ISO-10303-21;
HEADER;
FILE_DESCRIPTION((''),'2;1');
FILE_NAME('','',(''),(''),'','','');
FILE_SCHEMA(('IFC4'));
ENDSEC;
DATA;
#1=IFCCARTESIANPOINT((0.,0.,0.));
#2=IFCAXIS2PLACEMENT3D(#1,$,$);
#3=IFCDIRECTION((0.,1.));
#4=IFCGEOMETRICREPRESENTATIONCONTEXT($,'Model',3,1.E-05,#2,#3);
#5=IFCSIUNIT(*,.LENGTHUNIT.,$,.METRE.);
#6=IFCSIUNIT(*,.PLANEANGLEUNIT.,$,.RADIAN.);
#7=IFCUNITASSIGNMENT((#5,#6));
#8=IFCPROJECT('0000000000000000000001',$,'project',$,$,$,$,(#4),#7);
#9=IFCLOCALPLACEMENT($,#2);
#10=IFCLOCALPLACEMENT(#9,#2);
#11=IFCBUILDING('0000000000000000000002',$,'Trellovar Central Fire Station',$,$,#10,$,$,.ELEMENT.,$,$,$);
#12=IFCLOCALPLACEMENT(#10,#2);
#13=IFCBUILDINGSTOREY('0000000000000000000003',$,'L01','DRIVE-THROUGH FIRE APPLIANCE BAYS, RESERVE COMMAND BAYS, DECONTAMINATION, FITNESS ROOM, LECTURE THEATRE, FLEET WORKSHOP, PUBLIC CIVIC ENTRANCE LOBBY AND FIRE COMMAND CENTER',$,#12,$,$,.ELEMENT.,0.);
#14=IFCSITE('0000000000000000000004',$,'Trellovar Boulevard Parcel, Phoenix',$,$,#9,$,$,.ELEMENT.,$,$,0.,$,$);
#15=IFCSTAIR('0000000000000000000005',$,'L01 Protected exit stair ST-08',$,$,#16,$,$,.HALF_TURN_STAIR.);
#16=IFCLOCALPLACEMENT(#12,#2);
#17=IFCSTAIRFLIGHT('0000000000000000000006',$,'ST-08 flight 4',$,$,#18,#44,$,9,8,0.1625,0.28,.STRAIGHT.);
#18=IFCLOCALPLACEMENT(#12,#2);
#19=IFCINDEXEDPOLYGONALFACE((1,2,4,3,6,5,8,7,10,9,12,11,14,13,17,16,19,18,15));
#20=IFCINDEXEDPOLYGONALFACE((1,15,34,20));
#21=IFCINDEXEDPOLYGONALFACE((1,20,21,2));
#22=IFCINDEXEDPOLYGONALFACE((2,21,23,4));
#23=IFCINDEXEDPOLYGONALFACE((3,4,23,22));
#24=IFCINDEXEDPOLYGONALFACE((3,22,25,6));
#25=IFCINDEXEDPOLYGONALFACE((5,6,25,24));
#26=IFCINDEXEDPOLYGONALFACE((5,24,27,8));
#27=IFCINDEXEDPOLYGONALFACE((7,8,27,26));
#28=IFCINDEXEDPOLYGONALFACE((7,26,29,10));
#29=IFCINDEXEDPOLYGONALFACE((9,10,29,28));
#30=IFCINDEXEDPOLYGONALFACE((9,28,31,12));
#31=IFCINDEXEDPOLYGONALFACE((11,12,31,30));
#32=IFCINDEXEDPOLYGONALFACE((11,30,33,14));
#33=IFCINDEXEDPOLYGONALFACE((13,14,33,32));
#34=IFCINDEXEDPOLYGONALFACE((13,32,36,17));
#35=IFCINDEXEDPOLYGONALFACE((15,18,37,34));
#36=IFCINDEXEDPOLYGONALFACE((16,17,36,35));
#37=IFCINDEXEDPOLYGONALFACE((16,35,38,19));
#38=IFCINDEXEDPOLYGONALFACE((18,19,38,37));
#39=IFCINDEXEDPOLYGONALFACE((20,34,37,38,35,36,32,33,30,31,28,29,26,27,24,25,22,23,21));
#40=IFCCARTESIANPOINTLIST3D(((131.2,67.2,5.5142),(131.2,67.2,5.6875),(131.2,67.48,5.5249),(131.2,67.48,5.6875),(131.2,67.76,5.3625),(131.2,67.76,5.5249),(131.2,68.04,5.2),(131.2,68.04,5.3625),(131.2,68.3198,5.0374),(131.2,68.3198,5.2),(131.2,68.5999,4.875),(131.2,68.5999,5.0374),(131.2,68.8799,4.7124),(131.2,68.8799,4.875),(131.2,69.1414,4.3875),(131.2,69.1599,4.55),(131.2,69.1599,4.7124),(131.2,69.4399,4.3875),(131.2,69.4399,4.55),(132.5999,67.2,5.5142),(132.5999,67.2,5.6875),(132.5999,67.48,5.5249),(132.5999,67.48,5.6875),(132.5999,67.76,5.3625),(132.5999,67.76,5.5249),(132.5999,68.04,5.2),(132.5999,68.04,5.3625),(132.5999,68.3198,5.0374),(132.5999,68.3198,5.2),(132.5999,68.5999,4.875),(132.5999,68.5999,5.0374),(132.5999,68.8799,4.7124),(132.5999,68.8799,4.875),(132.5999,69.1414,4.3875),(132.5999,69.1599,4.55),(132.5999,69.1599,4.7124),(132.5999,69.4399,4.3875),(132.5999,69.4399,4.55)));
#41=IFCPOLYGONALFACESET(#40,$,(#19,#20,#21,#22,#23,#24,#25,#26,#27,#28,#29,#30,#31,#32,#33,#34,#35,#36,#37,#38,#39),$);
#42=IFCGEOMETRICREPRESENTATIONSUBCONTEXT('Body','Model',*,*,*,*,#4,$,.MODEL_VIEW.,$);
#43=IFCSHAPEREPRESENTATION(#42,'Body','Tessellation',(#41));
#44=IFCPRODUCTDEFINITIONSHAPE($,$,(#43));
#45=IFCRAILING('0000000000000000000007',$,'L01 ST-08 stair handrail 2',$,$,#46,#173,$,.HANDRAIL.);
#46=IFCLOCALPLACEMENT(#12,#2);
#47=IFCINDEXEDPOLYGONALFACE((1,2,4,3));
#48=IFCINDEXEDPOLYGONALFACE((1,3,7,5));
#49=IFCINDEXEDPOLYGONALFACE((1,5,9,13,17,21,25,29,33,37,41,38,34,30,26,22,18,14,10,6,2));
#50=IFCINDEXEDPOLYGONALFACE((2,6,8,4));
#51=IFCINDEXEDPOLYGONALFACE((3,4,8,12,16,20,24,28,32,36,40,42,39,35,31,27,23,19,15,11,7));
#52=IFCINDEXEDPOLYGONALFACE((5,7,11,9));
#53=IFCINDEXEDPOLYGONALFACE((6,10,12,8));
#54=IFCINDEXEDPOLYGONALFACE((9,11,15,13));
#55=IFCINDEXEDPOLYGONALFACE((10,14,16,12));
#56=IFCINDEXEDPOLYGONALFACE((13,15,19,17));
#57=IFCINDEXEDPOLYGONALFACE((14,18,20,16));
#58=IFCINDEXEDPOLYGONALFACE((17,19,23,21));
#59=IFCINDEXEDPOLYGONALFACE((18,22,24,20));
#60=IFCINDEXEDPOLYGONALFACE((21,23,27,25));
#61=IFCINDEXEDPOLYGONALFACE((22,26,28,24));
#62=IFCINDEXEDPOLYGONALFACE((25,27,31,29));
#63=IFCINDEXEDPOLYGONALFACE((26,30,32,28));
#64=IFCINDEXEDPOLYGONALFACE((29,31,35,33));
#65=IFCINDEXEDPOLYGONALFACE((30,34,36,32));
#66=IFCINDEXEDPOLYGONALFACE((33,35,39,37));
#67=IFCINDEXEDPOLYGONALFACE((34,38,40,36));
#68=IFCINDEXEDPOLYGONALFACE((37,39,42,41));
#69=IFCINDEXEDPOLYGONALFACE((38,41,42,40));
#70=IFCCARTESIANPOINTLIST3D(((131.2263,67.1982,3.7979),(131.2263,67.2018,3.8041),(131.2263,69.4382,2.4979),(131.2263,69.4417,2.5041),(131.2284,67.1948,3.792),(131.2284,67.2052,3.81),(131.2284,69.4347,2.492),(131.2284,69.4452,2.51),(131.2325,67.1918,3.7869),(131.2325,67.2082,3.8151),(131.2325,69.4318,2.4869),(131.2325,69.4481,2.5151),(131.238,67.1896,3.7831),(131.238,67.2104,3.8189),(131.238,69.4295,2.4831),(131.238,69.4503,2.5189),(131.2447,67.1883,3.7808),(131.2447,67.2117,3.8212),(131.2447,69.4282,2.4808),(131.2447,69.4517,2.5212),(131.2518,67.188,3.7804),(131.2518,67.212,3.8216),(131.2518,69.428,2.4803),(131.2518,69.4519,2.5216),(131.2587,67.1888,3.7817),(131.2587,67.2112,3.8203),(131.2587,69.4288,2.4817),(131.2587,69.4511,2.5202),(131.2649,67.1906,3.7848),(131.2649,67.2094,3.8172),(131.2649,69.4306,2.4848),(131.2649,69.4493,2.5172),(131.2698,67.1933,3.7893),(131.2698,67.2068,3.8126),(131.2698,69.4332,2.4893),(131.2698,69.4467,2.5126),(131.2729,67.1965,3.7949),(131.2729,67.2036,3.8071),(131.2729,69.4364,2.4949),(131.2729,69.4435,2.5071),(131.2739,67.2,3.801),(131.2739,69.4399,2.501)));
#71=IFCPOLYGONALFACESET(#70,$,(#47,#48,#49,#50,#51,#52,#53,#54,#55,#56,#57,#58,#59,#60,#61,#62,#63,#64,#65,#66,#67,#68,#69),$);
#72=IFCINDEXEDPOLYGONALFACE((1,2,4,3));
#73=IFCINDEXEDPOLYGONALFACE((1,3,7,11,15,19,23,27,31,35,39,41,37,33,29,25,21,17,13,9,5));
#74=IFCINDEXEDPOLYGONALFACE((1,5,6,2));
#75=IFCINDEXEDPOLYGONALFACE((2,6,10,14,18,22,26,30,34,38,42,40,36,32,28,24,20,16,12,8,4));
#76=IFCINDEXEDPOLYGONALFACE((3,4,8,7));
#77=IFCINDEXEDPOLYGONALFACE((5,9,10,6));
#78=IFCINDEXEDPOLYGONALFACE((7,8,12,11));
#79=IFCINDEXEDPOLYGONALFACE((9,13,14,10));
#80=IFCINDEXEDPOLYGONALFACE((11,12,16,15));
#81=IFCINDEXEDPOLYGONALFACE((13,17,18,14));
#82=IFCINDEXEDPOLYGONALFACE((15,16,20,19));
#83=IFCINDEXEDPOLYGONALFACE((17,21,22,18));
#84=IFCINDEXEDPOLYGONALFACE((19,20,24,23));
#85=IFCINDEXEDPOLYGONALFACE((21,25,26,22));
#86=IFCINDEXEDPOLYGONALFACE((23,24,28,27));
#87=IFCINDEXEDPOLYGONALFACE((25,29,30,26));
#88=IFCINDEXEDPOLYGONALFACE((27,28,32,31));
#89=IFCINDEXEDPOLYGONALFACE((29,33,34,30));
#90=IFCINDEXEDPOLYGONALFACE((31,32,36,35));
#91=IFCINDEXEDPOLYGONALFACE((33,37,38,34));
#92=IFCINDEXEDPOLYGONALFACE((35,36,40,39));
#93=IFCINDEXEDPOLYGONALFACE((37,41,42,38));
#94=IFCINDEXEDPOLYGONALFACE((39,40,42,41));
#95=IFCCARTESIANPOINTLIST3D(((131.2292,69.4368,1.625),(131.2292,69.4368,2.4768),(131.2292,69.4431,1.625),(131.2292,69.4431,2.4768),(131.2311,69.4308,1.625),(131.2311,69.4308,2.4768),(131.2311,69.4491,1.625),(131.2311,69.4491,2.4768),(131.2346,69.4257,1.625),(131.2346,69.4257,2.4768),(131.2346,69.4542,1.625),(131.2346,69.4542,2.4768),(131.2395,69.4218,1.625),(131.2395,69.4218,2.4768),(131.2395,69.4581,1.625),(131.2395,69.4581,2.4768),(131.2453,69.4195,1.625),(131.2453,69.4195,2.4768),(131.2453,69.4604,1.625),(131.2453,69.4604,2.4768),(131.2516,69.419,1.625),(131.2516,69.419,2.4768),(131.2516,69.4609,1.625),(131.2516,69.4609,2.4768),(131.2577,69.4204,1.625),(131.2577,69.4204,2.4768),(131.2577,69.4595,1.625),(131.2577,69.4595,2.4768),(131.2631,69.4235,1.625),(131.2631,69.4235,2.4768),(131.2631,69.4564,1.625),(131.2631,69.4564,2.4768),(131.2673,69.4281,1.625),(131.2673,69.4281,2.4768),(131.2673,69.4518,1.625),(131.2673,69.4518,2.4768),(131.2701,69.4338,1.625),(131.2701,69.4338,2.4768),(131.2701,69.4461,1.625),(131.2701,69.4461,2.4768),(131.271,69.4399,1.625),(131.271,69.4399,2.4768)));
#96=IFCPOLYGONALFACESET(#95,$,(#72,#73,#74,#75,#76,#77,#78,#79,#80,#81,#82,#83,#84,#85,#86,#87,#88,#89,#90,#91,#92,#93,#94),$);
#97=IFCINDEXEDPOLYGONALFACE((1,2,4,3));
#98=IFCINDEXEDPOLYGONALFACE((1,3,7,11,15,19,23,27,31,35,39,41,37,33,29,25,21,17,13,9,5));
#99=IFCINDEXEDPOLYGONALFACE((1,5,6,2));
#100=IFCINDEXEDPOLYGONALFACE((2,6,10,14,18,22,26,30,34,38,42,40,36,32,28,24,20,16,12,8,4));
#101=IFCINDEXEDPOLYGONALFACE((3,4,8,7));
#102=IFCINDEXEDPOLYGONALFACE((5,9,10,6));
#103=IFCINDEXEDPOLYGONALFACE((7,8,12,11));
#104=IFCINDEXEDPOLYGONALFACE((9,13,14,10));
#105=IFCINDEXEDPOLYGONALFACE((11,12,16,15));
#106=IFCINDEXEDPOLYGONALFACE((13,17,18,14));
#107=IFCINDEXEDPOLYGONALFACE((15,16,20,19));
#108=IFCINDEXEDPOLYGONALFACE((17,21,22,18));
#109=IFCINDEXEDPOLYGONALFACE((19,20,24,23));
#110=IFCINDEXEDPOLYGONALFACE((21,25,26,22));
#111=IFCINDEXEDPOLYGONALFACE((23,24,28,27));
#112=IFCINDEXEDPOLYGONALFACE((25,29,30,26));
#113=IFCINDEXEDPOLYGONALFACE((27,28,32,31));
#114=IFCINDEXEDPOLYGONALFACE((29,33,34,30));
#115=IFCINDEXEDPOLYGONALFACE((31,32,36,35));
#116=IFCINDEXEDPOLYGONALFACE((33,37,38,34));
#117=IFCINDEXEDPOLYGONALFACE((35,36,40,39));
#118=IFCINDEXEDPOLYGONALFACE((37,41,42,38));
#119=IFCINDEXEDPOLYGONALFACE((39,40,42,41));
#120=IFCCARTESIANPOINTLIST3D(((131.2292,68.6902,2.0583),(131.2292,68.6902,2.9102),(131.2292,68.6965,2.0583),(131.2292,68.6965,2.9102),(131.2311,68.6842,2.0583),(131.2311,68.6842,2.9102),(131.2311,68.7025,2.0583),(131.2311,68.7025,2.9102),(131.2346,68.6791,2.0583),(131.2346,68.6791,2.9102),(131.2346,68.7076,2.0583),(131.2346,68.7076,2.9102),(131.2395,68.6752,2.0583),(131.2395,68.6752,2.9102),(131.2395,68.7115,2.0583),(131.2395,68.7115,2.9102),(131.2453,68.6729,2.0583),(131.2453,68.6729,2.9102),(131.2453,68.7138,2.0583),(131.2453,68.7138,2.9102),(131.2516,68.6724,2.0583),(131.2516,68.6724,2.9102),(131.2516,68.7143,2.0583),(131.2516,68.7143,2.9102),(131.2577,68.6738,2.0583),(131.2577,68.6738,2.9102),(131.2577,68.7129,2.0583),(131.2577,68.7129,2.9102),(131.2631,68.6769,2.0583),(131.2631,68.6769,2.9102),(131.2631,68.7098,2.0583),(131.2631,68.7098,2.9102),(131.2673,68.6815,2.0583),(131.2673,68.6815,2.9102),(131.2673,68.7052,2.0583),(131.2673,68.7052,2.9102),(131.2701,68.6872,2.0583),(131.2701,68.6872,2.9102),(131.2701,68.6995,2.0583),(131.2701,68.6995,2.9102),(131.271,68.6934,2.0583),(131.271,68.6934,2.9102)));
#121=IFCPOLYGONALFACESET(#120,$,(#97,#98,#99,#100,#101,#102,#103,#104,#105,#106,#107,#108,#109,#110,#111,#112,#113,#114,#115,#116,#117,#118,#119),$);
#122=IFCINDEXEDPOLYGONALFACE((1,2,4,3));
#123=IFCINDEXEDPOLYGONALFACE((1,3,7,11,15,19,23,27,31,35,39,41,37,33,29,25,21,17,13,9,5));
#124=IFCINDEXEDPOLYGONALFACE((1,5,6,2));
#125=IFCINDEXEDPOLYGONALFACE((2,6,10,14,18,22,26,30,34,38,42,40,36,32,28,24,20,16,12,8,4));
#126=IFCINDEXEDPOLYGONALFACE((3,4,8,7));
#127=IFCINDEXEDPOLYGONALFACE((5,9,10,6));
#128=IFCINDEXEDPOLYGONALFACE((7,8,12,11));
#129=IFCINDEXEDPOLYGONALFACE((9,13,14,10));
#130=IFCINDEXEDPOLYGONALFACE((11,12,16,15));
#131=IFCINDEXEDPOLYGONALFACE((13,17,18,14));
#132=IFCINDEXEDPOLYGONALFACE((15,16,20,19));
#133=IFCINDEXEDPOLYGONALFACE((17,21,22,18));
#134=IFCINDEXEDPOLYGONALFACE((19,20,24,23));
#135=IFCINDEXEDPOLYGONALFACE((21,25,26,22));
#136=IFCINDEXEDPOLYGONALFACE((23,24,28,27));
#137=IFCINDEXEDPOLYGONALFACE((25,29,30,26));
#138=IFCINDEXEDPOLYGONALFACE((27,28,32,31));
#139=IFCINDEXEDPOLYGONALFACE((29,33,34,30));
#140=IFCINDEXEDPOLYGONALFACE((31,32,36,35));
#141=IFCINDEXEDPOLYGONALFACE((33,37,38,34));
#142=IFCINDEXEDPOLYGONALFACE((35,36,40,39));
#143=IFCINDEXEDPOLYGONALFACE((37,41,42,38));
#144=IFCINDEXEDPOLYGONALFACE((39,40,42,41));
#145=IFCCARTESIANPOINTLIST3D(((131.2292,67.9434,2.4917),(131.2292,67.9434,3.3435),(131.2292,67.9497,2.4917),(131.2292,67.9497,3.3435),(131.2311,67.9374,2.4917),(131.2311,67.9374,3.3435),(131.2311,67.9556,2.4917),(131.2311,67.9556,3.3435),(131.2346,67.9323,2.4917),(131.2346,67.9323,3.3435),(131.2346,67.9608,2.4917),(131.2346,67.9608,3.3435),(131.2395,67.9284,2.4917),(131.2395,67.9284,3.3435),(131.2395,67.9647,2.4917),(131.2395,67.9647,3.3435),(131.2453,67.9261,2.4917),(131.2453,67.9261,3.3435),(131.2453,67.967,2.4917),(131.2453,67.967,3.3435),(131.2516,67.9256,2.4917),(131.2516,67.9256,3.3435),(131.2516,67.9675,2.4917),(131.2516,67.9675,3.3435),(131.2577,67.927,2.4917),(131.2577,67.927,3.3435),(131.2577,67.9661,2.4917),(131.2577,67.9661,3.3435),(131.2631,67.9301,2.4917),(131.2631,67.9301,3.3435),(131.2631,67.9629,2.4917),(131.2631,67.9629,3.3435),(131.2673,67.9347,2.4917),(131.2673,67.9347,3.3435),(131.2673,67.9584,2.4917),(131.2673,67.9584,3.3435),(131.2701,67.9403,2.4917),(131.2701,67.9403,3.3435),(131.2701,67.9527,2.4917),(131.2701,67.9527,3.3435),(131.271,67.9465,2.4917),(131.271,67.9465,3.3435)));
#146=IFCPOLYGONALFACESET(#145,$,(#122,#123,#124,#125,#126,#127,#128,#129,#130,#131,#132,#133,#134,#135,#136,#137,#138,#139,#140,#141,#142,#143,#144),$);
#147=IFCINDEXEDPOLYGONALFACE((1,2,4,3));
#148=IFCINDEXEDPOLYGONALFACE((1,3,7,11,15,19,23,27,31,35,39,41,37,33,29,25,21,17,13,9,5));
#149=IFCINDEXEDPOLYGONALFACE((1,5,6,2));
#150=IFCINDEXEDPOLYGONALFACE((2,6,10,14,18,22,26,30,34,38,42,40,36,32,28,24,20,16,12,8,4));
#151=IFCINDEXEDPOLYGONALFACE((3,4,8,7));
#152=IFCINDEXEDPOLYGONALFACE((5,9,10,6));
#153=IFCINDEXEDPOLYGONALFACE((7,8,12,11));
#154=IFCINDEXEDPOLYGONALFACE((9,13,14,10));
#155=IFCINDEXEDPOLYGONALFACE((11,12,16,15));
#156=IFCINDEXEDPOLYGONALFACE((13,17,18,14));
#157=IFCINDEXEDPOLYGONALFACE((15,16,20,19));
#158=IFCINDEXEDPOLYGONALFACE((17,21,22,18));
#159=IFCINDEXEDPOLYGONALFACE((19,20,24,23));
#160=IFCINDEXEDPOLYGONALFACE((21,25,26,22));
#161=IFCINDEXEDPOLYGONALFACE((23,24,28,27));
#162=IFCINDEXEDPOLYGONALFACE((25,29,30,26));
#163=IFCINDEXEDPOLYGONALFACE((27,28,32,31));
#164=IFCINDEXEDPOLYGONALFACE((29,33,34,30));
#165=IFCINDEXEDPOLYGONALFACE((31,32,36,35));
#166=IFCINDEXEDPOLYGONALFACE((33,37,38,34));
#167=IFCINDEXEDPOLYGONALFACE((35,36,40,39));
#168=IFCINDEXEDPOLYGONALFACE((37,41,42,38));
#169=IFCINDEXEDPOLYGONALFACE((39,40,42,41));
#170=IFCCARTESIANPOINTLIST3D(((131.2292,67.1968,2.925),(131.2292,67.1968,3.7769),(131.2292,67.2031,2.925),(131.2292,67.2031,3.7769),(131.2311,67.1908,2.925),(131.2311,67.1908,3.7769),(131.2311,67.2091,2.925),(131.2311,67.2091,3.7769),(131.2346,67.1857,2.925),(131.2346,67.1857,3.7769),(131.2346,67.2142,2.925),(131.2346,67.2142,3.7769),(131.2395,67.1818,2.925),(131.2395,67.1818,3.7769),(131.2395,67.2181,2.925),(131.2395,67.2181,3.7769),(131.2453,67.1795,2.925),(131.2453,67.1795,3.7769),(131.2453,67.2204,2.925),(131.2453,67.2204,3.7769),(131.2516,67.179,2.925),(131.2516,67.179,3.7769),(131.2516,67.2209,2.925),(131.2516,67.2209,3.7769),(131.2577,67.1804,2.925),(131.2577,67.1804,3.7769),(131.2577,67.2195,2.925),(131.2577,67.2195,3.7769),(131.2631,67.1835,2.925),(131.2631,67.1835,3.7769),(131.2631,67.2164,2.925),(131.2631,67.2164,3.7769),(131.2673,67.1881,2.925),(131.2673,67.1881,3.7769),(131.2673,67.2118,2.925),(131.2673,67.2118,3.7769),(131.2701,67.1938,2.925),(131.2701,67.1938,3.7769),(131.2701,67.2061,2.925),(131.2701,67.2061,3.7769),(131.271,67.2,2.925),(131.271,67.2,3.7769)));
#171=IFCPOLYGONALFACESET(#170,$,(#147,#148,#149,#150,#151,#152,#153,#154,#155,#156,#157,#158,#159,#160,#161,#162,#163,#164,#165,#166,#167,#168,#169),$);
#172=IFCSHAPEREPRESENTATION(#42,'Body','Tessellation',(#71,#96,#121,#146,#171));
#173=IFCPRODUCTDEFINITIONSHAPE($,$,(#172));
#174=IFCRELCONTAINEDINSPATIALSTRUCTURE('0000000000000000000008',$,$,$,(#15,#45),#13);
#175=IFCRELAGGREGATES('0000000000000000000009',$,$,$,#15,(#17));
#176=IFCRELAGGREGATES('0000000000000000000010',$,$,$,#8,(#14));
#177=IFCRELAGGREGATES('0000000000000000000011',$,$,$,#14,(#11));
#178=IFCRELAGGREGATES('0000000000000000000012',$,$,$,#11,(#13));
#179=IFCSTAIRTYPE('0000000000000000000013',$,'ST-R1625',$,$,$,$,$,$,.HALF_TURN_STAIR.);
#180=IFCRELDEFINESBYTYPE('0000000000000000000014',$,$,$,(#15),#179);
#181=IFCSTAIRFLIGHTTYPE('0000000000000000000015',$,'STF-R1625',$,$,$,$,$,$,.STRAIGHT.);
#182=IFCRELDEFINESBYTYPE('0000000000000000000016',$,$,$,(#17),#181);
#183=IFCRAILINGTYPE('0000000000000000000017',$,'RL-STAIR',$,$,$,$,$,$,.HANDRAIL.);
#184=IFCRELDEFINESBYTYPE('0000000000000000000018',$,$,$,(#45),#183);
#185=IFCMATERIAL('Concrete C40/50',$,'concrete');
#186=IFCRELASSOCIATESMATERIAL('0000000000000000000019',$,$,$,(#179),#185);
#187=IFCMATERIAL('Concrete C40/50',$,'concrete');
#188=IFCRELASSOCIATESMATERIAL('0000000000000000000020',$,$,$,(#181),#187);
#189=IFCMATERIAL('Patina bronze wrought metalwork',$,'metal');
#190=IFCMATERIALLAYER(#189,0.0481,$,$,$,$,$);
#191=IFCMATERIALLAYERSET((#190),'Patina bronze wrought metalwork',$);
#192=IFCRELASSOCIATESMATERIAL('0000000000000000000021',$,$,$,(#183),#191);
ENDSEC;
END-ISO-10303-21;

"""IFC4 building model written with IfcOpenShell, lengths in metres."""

from ifc_helpers import new_model, si_unit, direction, frame, origin, origin_2d, place, context, subcontext, project, spatial, polyline, circle, outline, extrude, material, layer, layer_set, type_object, element, aggregate, save


model = new_model("IFC4")

# Units and contexts
model_context = context("Model", 3, precision=1e-05, world=origin(), true_north=direction((0.0, 1.0)))
body_context = subcontext(model_context, "Body", "Model", "MODEL_VIEW")
ifc_project = project(units=[si_unit("LENGTHUNIT", "METRE"), si_unit("PLANEANGLEUNIT", "RADIAN")], contexts=[model_context])

# Site, building, storey
site_placement = place(None, origin())
site = spatial("IfcSite", under=ifc_project, at=site_placement, Name="Trellovar Boulevard Parcel, Phoenix", CompositionType="ELEMENT", RefElevation=0.0)
building_placement = place(site_placement, origin())
building = spatial("IfcBuilding", under=site, at=building_placement, Name="Trellovar Central Fire Station", CompositionType="ELEMENT")
storey_placement = place(building_placement, origin())
storey = spatial("IfcBuildingStorey", under=building, at=storey_placement, Name="L01", Description="DRIVE-THROUGH FIRE APPLIANCE BAYS, RESERVE COMMAND BAYS, DECONTAMINATION, FITNESS ROOM, LECTURE THEATRE, FLEET WORKSHOP, PUBLIC CIVIC ENTRANCE LOBBY AND FIRE COMMAND CENTER", CompositionType="ELEMENT", Elevation=0.0)

# Stair, stair flight
ifc_material_1 = material(Name="Concrete C40/50", Category="concrete")
stair_type = type_object("IfcStairType", Name="ST-R1625", PredefinedType="HALF_TURN_STAIR", material=ifc_material_1)
stair_placement = place(storey_placement, origin())
stair = element("IfcStair", 1, at=stair_placement, inside=storey, type_object=stair_type, Name="L01 Protected exit stair ST-08", PredefinedType="HALF_TURN_STAIR")
ifc_material_2 = material(Name="Concrete C40/50", Category="concrete")
stair_flight_type = type_object("IfcStairFlightType", Name="STF-R1625", PredefinedType="STRAIGHT", material=ifc_material_2)
stair_flight_1_placement = place(storey_placement, frame((131.8999, 69.4399, 4.3875), z_axis=(0.0, 0.0, 1.0), x_axis=(0.0, -1.0, 0.0)))
stair_flight_1 = element("IfcStairFlight", 2, at=stair_flight_1_placement, type_object=stair_flight_type, Name="ST-08 flight 4", NumberOfRisers=9, NumberOfTreads=8, PredefinedType="STRAIGHT", RiserHeight=0.1625, TreadLength=0.28, context=body_context, shape_type="SweptSolid", body=[
    extrude(outline(polyline([(0.0, 0.0), (0.0, 0.1626), (0.28, 0.1626), (0.28, 0.325), (0.5601, 0.325), (0.5601, 0.4875), (0.8401, 0.4875), (0.8401, 0.6499), (1.1201, 0.6499), (1.1201, 0.8125), (1.3999, 0.8125), (1.3999, 0.9751), (1.6799, 0.9751), (1.6799, 1.1375), (1.96, 1.1375), (1.96, 1.3), (2.24, 1.3), (2.24, 1.4624), (2.24, 1.1267), (0.2986, 0.0), (0.0, 0.0)])), frame((0.0, 0.7, 0.0), z_axis=(0.0, -1.0, 0.0), x_axis=(1.0, 0.0, 0.0)), (0.0, 0.0, 1.0), 1.3999),
])
aggregate(stair, [stair_flight_1])

# Railing
ifc_material_3 = material(Name="Patina bronze wrought metalwork", Category="metal")
ifc_layer_1 = layer(ifc_material_3, 0.0481)
ifc_layer_set_1 = layer_set([ifc_layer_1], Name="Patina bronze wrought metalwork")
railing_type = type_object("IfcRailingType", Name="RL-STAIR", PredefinedType="HANDRAIL", material=ifc_layer_set_1)
for number, where, name in (
    (3, (131.25, 69.4399, 1.625), "L01 ST-08 stair handrail 2"),
):
    element("IfcRailing", number, at=place(storey_placement, frame(where)), inside=storey, type_object=railing_type, Name=name, PredefinedType="HANDRAIL", context=body_context, shape_type="SweptSolid", body=[
        extrude(circle(Radius=0.0239, at=origin_2d()), frame((0.0, 0.0, 0.876), z_axis=(0.0, -0.864888, 0.501965), x_axis=(1.0, 0.0, 0.0)), (0.0, 0.0, 1.0), 2.5898),
        extrude(circle(Radius=0.021, at=origin_2d()), origin(), (0.0, 0.0, 1.0), 0.8518),
        extrude(circle(Radius=0.021, at=origin_2d()), frame((0.0, -0.7466, 0.4333)), (0.0, 0.0, 1.0), 0.8518),
        extrude(circle(Radius=0.021, at=origin_2d()), frame((0.0, -1.4934, 0.8667)), (0.0, 0.0, 1.0), 0.8518),
        extrude(circle(Radius=0.021, at=origin_2d()), frame((0.0, -2.24, 1.3)), (0.0, 0.0, 1.0), 0.8518),
    ])

save(model, "model.ifc")
